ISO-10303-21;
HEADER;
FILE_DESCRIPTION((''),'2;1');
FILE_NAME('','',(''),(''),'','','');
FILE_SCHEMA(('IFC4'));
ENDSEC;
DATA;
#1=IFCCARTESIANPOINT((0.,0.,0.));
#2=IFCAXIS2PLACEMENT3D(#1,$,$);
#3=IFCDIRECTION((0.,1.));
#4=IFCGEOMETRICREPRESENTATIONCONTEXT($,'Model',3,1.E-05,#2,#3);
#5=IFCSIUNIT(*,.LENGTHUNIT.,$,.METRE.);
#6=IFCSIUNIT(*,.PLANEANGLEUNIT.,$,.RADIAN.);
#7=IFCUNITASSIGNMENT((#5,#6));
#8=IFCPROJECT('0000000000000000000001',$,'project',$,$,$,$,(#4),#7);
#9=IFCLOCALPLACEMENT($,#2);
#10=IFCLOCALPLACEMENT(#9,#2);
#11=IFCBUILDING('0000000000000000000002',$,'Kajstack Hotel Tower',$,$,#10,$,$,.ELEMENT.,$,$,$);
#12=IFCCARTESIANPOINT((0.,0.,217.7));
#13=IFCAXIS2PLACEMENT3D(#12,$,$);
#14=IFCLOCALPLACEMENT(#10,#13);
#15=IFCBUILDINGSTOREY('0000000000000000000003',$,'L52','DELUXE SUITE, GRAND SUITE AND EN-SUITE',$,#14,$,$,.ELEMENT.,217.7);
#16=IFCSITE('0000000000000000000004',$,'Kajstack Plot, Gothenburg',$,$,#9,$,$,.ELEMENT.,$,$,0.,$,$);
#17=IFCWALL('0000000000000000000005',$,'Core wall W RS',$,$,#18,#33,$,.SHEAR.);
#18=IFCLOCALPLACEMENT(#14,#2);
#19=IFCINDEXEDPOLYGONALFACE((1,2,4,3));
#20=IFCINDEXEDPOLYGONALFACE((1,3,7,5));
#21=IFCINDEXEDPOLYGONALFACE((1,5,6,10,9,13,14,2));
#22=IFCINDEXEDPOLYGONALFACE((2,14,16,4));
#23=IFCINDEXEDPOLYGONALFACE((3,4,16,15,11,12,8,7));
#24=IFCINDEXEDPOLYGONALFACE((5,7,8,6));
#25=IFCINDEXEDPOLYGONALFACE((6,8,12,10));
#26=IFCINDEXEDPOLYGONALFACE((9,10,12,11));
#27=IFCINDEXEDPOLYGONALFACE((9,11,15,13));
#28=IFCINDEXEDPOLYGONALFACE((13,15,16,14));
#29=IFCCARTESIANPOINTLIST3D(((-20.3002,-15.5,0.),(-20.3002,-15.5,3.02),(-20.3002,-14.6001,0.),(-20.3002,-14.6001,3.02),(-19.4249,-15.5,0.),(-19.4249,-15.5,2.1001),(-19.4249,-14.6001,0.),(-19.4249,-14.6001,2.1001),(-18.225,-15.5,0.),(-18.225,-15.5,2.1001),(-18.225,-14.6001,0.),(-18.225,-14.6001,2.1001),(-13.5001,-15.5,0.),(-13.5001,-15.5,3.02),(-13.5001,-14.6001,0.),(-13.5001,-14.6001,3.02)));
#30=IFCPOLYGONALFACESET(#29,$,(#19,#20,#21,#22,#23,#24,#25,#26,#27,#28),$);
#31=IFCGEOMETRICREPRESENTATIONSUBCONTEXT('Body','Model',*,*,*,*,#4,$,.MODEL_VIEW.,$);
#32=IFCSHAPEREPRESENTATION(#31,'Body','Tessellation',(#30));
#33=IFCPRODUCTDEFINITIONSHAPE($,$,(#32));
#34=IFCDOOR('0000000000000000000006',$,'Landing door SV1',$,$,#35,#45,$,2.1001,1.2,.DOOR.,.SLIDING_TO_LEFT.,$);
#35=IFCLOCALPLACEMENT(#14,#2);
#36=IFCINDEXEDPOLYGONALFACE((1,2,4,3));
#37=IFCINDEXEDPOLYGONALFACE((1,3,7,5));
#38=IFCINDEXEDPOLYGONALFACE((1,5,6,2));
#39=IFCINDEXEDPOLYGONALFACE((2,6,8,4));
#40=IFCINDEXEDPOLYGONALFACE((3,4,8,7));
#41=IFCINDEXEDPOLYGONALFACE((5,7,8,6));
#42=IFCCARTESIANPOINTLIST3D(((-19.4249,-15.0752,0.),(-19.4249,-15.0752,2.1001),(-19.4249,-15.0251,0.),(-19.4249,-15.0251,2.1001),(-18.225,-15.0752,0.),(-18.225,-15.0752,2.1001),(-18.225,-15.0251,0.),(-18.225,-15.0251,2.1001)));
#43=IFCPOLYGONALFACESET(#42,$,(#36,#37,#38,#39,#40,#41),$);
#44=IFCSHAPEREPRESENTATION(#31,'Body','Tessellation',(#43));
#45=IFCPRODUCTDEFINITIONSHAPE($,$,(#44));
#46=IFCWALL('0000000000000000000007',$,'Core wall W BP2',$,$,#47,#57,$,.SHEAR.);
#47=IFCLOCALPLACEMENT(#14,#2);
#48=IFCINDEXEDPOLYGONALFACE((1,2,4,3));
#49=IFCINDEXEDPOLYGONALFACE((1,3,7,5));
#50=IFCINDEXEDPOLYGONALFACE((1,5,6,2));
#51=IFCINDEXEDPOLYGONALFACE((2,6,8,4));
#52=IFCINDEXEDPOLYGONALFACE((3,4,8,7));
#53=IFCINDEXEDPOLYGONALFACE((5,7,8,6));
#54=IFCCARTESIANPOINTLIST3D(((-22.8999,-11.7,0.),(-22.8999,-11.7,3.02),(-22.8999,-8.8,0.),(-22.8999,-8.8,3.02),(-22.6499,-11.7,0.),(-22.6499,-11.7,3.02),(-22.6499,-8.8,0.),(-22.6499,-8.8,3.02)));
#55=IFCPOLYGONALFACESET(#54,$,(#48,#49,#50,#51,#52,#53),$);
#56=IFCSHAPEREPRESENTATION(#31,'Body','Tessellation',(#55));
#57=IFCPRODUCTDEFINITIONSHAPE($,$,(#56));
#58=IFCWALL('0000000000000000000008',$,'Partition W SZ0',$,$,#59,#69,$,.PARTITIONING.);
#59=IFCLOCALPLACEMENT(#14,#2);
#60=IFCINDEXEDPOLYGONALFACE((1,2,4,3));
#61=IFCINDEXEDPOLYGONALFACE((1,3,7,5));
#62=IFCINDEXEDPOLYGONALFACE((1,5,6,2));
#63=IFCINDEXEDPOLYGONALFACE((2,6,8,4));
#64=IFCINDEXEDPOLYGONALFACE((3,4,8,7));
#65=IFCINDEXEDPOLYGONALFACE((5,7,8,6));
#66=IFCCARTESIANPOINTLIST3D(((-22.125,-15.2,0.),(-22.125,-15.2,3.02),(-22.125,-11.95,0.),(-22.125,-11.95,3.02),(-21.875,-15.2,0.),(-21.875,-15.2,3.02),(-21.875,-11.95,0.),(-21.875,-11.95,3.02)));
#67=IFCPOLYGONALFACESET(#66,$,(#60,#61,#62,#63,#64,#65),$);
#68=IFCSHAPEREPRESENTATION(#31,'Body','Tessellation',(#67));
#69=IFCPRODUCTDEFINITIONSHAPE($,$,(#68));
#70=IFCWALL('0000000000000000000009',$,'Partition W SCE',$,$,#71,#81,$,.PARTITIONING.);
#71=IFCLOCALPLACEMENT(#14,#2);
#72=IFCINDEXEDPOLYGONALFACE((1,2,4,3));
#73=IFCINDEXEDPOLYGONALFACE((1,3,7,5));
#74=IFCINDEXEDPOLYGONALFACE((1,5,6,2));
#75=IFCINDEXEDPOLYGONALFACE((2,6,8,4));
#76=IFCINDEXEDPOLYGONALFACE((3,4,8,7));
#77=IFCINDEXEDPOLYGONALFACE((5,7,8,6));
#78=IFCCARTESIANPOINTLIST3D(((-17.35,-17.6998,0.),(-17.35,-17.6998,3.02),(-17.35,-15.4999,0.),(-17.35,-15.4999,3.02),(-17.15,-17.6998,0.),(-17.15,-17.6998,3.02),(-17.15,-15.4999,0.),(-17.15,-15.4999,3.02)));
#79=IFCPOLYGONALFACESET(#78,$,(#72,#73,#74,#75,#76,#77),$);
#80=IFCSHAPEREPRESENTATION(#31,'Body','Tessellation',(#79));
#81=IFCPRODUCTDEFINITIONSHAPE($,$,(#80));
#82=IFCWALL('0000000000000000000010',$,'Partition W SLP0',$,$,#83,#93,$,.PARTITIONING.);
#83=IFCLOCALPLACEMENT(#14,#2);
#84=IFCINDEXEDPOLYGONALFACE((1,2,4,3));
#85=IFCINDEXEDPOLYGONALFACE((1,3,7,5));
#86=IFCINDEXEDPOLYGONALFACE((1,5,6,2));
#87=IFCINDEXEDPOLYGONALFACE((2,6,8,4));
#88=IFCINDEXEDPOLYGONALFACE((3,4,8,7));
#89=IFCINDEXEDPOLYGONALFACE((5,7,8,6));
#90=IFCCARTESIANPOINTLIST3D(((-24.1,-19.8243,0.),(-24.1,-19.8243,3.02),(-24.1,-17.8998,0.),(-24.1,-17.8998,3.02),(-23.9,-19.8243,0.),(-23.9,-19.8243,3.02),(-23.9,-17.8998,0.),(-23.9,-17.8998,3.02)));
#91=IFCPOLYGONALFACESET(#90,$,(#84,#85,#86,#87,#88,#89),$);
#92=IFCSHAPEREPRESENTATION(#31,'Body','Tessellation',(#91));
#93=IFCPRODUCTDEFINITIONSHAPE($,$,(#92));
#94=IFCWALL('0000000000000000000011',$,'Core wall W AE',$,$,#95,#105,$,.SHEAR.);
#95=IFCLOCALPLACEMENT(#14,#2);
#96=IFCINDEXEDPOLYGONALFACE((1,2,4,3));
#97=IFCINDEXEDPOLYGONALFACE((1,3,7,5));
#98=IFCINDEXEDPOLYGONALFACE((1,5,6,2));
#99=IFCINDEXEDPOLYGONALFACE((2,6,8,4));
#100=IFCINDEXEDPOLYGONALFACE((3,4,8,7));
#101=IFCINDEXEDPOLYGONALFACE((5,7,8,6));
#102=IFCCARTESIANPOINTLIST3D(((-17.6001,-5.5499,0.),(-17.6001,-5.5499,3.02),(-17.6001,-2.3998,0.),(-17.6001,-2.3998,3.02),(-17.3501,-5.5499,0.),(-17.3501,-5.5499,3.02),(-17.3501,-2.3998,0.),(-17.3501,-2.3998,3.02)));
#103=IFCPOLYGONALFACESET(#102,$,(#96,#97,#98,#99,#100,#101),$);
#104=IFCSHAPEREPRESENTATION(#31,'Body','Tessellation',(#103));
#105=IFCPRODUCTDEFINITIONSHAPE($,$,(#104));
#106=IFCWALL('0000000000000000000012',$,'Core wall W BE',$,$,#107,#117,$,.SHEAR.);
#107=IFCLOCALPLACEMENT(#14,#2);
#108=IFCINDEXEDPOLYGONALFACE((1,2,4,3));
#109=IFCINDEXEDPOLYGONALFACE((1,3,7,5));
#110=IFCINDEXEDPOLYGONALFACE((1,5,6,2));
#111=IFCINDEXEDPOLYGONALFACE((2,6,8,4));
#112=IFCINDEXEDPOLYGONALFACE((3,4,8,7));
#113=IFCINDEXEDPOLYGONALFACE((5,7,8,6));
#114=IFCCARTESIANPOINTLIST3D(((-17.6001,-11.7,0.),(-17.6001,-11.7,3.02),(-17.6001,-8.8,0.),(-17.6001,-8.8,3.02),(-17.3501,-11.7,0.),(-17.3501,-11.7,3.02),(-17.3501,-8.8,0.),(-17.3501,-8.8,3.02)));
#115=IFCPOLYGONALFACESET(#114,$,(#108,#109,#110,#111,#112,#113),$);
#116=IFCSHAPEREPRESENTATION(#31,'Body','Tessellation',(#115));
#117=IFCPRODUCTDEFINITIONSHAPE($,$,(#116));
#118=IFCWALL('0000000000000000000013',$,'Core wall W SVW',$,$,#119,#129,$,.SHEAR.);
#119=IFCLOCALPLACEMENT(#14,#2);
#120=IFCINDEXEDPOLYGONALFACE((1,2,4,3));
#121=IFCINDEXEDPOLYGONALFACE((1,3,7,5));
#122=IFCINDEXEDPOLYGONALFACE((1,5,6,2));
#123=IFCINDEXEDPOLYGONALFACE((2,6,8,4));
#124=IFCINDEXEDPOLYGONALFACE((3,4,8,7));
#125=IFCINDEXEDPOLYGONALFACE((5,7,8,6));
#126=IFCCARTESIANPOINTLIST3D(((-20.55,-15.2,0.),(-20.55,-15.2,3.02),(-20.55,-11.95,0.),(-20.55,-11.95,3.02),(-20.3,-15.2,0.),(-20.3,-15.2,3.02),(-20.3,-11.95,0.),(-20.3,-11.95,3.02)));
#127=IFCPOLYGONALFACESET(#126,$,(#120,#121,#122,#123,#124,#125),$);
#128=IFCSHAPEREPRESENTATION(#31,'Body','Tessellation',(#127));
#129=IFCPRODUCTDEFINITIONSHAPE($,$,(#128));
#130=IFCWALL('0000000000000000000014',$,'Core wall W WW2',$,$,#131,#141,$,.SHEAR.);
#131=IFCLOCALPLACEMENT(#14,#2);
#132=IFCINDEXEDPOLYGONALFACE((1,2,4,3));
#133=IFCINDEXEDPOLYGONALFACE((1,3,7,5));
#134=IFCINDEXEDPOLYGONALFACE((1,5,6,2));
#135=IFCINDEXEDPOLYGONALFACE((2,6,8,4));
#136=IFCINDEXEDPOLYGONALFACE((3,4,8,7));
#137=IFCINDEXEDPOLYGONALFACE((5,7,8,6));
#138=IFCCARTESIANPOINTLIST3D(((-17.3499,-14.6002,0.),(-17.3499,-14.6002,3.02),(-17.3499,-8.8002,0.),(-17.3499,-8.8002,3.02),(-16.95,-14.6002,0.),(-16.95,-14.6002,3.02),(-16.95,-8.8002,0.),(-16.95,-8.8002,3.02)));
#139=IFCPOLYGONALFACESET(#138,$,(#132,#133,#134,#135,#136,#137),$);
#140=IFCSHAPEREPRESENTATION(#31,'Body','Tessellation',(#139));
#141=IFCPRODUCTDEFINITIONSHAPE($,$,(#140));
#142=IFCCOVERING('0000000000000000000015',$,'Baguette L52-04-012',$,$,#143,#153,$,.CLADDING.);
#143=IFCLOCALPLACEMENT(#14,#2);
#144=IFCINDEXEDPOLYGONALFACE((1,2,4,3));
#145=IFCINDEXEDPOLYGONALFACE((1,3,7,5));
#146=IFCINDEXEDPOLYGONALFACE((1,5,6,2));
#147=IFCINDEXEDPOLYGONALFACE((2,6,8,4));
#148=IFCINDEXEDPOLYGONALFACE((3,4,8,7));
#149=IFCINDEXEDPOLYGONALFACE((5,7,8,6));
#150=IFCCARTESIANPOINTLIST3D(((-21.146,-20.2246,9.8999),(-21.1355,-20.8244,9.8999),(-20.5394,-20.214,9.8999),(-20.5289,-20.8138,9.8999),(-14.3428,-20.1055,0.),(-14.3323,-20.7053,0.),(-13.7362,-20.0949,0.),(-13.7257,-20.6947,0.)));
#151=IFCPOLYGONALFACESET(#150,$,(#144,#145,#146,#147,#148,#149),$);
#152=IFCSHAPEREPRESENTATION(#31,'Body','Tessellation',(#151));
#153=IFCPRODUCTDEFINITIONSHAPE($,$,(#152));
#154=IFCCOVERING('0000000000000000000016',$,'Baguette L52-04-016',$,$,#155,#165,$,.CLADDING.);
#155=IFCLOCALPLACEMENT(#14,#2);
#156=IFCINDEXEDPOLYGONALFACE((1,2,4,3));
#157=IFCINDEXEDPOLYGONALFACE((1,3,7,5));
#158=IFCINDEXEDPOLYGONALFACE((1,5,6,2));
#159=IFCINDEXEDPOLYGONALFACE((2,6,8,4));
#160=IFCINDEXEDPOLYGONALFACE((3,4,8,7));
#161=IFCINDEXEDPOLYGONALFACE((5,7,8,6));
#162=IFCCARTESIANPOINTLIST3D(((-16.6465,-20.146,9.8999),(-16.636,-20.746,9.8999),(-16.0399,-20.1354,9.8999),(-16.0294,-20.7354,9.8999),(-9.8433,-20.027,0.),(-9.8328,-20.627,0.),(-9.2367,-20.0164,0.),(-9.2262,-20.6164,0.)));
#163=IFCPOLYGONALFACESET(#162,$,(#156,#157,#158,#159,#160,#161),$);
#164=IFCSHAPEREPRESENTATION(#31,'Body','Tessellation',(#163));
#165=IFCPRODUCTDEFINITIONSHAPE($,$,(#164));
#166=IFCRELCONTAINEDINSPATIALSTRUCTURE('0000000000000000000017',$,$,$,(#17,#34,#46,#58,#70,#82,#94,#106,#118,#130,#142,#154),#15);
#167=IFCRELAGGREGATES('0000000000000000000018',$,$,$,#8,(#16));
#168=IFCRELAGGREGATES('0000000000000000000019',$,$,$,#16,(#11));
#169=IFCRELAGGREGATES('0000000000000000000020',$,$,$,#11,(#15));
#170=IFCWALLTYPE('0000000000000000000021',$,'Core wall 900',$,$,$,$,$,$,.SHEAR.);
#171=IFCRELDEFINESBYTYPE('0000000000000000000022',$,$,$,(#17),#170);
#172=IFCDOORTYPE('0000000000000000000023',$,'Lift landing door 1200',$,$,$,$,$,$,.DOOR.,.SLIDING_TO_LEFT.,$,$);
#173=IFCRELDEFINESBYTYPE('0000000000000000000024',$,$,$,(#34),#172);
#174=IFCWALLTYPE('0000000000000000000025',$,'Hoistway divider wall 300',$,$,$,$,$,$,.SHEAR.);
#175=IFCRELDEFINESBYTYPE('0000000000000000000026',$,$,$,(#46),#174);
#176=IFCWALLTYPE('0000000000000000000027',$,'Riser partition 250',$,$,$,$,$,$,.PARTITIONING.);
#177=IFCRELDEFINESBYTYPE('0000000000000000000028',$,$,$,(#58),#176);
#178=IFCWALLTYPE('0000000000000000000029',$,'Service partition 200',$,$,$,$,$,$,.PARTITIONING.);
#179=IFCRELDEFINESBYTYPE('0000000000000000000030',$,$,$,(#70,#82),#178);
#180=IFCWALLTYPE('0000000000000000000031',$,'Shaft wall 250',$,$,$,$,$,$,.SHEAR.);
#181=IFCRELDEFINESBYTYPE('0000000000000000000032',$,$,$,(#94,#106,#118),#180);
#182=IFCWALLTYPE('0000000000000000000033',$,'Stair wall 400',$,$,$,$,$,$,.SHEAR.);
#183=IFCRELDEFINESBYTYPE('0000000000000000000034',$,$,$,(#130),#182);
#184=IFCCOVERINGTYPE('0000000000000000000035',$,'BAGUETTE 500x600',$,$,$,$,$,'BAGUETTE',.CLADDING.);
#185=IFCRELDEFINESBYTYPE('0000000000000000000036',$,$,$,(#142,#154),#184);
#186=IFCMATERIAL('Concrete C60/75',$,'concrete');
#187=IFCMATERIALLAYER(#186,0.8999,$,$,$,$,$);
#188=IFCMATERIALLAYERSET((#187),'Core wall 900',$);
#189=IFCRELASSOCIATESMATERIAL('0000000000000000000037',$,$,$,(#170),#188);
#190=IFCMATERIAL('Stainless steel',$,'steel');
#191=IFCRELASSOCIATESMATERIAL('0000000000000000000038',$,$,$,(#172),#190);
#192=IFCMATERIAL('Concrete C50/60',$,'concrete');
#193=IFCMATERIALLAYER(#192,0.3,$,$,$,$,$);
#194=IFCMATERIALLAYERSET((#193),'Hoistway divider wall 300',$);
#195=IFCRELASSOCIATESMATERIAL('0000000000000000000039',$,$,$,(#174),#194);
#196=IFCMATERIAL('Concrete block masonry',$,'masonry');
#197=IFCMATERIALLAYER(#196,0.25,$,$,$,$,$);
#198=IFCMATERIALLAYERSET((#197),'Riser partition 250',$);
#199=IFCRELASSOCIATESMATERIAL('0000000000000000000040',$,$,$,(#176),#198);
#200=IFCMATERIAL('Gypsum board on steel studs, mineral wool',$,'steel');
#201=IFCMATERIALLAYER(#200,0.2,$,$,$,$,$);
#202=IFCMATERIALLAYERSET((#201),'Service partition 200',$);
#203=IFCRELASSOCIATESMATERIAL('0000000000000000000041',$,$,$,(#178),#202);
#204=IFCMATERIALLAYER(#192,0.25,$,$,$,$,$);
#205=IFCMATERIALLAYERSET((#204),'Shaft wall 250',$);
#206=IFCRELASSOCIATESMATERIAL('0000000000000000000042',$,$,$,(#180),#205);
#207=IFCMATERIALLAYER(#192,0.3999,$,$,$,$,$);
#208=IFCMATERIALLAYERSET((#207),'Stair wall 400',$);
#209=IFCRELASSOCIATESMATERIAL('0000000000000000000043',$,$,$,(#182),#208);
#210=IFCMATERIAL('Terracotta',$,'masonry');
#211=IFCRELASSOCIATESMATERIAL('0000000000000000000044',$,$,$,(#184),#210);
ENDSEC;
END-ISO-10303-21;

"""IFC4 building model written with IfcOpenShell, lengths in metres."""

from ifc_helpers import new_model, si_unit, direction, frame, frame_2d, origin, origin_2d, place, context, subcontext, project, spatial, polyline, rectangle, outline, extrude, material, layer, layer_set, material_profile, profile_set, type_object, element, fill, save


model = new_model("IFC4")

# Units and contexts
model_context = context("Model", 3, precision=1e-05, world=origin(), true_north=direction((0.0, 1.0)))
body_context = subcontext(model_context, "Body", "Model", "MODEL_VIEW")
ifc_project = project(units=[si_unit("LENGTHUNIT", "METRE"), si_unit("PLANEANGLEUNIT", "RADIAN")], contexts=[model_context])

# Site, building, storey
site_placement = place(None, origin())
site = spatial("IfcSite", under=ifc_project, at=site_placement, Name="Kajstack Plot, Gothenburg", CompositionType="ELEMENT", RefElevation=0.0)
building_placement = place(site_placement, origin())
building = spatial("IfcBuilding", under=site, at=building_placement, Name="Kajstack Hotel Tower", CompositionType="ELEMENT")
storey_placement = place(building_placement, frame((0.0, 0.0, 217.7)))
storey = spatial("IfcBuildingStorey", under=building, at=storey_placement, Name="L52", Description="DELUXE SUITE, GRAND SUITE AND EN-SUITE", CompositionType="ELEMENT", Elevation=217.7)

# Wall, opening, door
ifc_material_1 = material(Name="Concrete C60/75", Category="concrete")
ifc_layer_1 = layer(ifc_material_1, 0.8999)
ifc_layer_set_1 = layer_set([ifc_layer_1], Name="Core wall 900")
wall_type_1 = type_object("IfcWallType", Name="Core wall 900", PredefinedType="SHEAR", material=ifc_layer_set_1)
wall_1_placement = place(storey_placement, frame((-20.3, -15.05, 0.0), z_axis=(0.0, 0.0, 1.0), x_axis=(1.0, 0.0, 0.0)))
wall_1 = element("IfcWall", 1, at=wall_1_placement, inside=storey, type_object=wall_type_1, Name="Core wall W RS", PredefinedType="SHEAR", context=body_context, shape_type="SweptSolid", body=[
    extrude(rectangle(XDim=6.8, YDim=0.8999, at=frame_2d((3.3999, 0.0))), origin(), (0.0, 0.0, 1.0), 3.02),
])
opening_placement = place(wall_1_placement, frame((0.875, 0.0, 0.0)))
opening = element("IfcOpeningElement", 2, at=opening_placement, cuts=wall_1, PredefinedType="OPENING", context=body_context, shape_type="SweptSolid", body=[
    extrude(rectangle(XDim=1.2, YDim=2.1001, at=frame_2d((0.6001, 1.05))), frame((0.0, 0.46, 0.0), z_axis=(0.0, -1.0, 0.0), x_axis=(1.0, 0.0, 0.0)), (0.0, 0.0, 1.0), 0.9199),
])
ifc_material_2 = material(Name="Stainless steel", Category="steel")
door_type = type_object("IfcDoorType", Name="Lift landing door 1200", OperationType="SLIDING_TO_LEFT", PredefinedType="DOOR", material=ifc_material_2)
door_placement = place(opening_placement, origin())
door = element("IfcDoor", 3, at=door_placement, inside=storey, type_object=door_type, Name="Landing door SV1", OperationType="SLIDING_TO_LEFT", OverallHeight=2.1001, OverallWidth=1.2, PredefinedType="DOOR", context=body_context, shape_type="SweptSolid", body=[
    extrude(rectangle(XDim=1.2, YDim=2.1001, at=frame_2d((0.6001, 1.05))), frame((0.0, 0.0249, 0.0), z_axis=(0.0, -1.0, 0.0), x_axis=(1.0, 0.0, 0.0)), (0.0, 0.0, 1.0), 0.05),
])
fill(opening, door)

# Walls
ifc_material_3 = material(Name="Concrete C50/60", Category="concrete")
ifc_layer_2 = layer(ifc_material_3, 0.3)
ifc_layer_set_2 = layer_set([ifc_layer_2], Name="Hoistway divider wall 300")
wall_type_2 = type_object("IfcWallType", Name="Hoistway divider wall 300", PredefinedType="SHEAR", material=ifc_layer_set_2)
wall_2_placement = place(storey_placement, frame((-22.7749, -11.7, 0.0), z_axis=(0.0, 0.0, 1.0), x_axis=(0.0, 1.0, 0.0)))
element("IfcWall", 4, at=wall_2_placement, inside=storey, type_object=wall_type_2, Name="Core wall W BP2", PredefinedType="SHEAR", context=body_context, shape_type="SweptSolid", body=[
    extrude(rectangle(XDim=2.8999, YDim=0.25, at=frame_2d((1.45, 0.0))), origin(), (0.0, 0.0, 1.0), 3.02),
])
ifc_material_4 = material(Name="Concrete block masonry", Category="masonry")
ifc_layer_3 = layer(ifc_material_4, 0.25)
ifc_layer_set_3 = layer_set([ifc_layer_3], Name="Riser partition 250")
wall_type_3 = type_object("IfcWallType", Name="Riser partition 250", PredefinedType="PARTITIONING", material=ifc_layer_set_3)
wall_3_placement = place(storey_placement, frame((-22.0, -15.2, 0.0), z_axis=(0.0, 0.0, 1.0), x_axis=(0.0, 1.0, 0.0)))
element("IfcWall", 5, at=wall_3_placement, inside=storey, type_object=wall_type_3, Name="Partition W SZ0", PredefinedType="PARTITIONING", context=body_context, shape_type="SweptSolid", body=[
    extrude(rectangle(XDim=3.25, YDim=0.25, at=frame_2d((1.625, 0.0))), origin(), (0.0, 0.0, 1.0), 3.02),
])
ifc_material_5 = material(Name="Gypsum board on steel studs, mineral wool", Category="steel")
ifc_layer_4 = layer(ifc_material_5, 0.2)
ifc_layer_set_4 = layer_set([ifc_layer_4], Name="Service partition 200")
wall_type_4 = type_object("IfcWallType", Name="Service partition 200", PredefinedType="PARTITIONING", material=ifc_layer_set_4)
wall_4_placement = place(storey_placement, frame((-17.25, -17.7, 0.0), z_axis=(0.0, 0.0, 1.0), x_axis=(0.0, 1.0, 0.0)))
element("IfcWall", 6, at=wall_4_placement, inside=storey, type_object=wall_type_4, Name="Partition W SCE", PredefinedType="PARTITIONING", context=body_context, shape_type="SweptSolid", body=[
    extrude(rectangle(XDim=2.2, YDim=0.2, at=frame_2d((1.1001, 0.0))), origin(), (0.0, 0.0, 1.0), 3.02),
])
wall_5_placement = place(storey_placement, frame((-24.0, -19.8245, 0.0), z_axis=(0.0, 0.0, 1.0), x_axis=(0.0, 1.0, 0.0)))
element("IfcWall", 7, at=wall_5_placement, inside=storey, type_object=wall_type_4, Name="Partition W SLP0", PredefinedType="PARTITIONING", context=body_context, shape_type="SweptSolid", body=[
    extrude(rectangle(XDim=1.9246, YDim=0.2, at=frame_2d((0.9624, 0.0))), origin(), (0.0, 0.0, 1.0), 3.02),
])
ifc_layer_5 = layer(ifc_material_3, 0.25)
ifc_layer_set_5 = layer_set([ifc_layer_5], Name="Shaft wall 250")
wall_type_5 = type_object("IfcWallType", Name="Shaft wall 250", PredefinedType="SHEAR", material=ifc_layer_set_5)
wall_6_placement = place(storey_placement, frame((-17.4751, -5.55, 0.0), z_axis=(0.0, 0.0, 1.0), x_axis=(0.0, 1.0, 0.0)))
element("IfcWall", 8, at=wall_6_placement, inside=storey, type_object=wall_type_5, Name="Core wall W AE", PredefinedType="SHEAR", context=body_context, shape_type="SweptSolid", body=[
    extrude(rectangle(XDim=3.1501, YDim=0.25, at=frame_2d((1.5752, 0.0))), origin(), (0.0, 0.0, 1.0), 3.02),
])
wall_7_placement = place(storey_placement, frame((-17.4751, -11.7, 0.0), z_axis=(0.0, 0.0, 1.0), x_axis=(0.0, 1.0, 0.0)))
element("IfcWall", 9, at=wall_7_placement, inside=storey, type_object=wall_type_5, Name="Core wall W BE", PredefinedType="SHEAR", context=body_context, shape_type="SweptSolid", body=[
    extrude(rectangle(XDim=2.8999, YDim=0.25, at=frame_2d((1.45, 0.0))), origin(), (0.0, 0.0, 1.0), 3.02),
])
wall_8_placement = place(storey_placement, frame((-20.425, -15.2, 0.0), z_axis=(0.0, 0.0, 1.0), x_axis=(0.0, 1.0, 0.0)))
element("IfcWall", 10, at=wall_8_placement, inside=storey, type_object=wall_type_5, Name="Core wall W SVW", PredefinedType="SHEAR", context=body_context, shape_type="SweptSolid", body=[
    extrude(rectangle(XDim=3.25, YDim=0.25, at=frame_2d((1.625, 0.0))), origin(), (0.0, 0.0, 1.0), 3.02),
])
ifc_layer_6 = layer(ifc_material_3, 0.3999)
ifc_layer_set_6 = layer_set([ifc_layer_6], Name="Stair wall 400")
wall_type_6 = type_object("IfcWallType", Name="Stair wall 400", PredefinedType="SHEAR", material=ifc_layer_set_6)
wall_9_placement = place(storey_placement, frame((-17.1499, -14.6001, 0.0), z_axis=(0.0, 0.0, 1.0), x_axis=(0.0, 1.0, 0.0)))
element("IfcWall", 11, at=wall_9_placement, inside=storey, type_object=wall_type_6, Name="Core wall W WW2", PredefinedType="SHEAR", context=body_context, shape_type="SweptSolid", body=[
    extrude(rectangle(XDim=5.8, YDim=0.3999, at=frame_2d((2.8999, 0.0))), origin(), (0.0, 0.0, 1.0), 3.02),
])

# Coverings
ifc_material_6 = material(Name="Terracotta", Category="masonry")
ifc_material_profile = material_profile(ifc_material_6, rectangle(XDim=0.6001, YDim=0.5, at=origin_2d()), Name="Terracotta-clad concrete baguette 500 x 600")
ifc_profile_set = profile_set([ifc_material_profile], Name="Terracotta")
covering_type = type_object("IfcCoveringType", Name="BAGUETTE 500x600", ElementType="BAGUETTE", PredefinedType="CLADDING", material=ifc_profile_set)
covering_1_placement = place(storey_placement, frame((-21.146, -20.2246, 0.0), z_axis=(0.017498, -0.999847, 0.0), x_axis=(0.999847, 0.017498, 0.0)))
element("IfcCovering", 12, at=covering_1_placement, inside=storey, type_object=covering_type, Name="Baguette L52-04-012", PredefinedType="CLADDING", context=body_context, shape_type="SweptSolid", body=[
    extrude(outline(polyline([(0.0, 9.8999), (6.8042, 0.0), (7.4109, 0.0), (0.6067, 9.8999), (0.0, 9.8999)])), origin(), (0.0, 0.0, 1.0), 0.5999),
])
covering_2_placement = place(storey_placement, frame((-16.6465, -20.146, 0.0), z_axis=(0.017491, -0.999847, 0.0), x_axis=(0.999847, 0.017491, 0.0)))
element("IfcCovering", 13, at=covering_2_placement, inside=storey, type_object=covering_type, Name="Baguette L52-04-016", PredefinedType="CLADDING", context=body_context, shape_type="SweptSolid", body=[
    extrude(outline(polyline([(0.0, 9.8999), (6.8042, 0.0), (7.4109, 0.0), (0.6067, 9.8999), (0.0, 9.8999)])), origin(), (0.0, 0.0, 1.0), 0.6001),
])

save(model, "model.ifc")
